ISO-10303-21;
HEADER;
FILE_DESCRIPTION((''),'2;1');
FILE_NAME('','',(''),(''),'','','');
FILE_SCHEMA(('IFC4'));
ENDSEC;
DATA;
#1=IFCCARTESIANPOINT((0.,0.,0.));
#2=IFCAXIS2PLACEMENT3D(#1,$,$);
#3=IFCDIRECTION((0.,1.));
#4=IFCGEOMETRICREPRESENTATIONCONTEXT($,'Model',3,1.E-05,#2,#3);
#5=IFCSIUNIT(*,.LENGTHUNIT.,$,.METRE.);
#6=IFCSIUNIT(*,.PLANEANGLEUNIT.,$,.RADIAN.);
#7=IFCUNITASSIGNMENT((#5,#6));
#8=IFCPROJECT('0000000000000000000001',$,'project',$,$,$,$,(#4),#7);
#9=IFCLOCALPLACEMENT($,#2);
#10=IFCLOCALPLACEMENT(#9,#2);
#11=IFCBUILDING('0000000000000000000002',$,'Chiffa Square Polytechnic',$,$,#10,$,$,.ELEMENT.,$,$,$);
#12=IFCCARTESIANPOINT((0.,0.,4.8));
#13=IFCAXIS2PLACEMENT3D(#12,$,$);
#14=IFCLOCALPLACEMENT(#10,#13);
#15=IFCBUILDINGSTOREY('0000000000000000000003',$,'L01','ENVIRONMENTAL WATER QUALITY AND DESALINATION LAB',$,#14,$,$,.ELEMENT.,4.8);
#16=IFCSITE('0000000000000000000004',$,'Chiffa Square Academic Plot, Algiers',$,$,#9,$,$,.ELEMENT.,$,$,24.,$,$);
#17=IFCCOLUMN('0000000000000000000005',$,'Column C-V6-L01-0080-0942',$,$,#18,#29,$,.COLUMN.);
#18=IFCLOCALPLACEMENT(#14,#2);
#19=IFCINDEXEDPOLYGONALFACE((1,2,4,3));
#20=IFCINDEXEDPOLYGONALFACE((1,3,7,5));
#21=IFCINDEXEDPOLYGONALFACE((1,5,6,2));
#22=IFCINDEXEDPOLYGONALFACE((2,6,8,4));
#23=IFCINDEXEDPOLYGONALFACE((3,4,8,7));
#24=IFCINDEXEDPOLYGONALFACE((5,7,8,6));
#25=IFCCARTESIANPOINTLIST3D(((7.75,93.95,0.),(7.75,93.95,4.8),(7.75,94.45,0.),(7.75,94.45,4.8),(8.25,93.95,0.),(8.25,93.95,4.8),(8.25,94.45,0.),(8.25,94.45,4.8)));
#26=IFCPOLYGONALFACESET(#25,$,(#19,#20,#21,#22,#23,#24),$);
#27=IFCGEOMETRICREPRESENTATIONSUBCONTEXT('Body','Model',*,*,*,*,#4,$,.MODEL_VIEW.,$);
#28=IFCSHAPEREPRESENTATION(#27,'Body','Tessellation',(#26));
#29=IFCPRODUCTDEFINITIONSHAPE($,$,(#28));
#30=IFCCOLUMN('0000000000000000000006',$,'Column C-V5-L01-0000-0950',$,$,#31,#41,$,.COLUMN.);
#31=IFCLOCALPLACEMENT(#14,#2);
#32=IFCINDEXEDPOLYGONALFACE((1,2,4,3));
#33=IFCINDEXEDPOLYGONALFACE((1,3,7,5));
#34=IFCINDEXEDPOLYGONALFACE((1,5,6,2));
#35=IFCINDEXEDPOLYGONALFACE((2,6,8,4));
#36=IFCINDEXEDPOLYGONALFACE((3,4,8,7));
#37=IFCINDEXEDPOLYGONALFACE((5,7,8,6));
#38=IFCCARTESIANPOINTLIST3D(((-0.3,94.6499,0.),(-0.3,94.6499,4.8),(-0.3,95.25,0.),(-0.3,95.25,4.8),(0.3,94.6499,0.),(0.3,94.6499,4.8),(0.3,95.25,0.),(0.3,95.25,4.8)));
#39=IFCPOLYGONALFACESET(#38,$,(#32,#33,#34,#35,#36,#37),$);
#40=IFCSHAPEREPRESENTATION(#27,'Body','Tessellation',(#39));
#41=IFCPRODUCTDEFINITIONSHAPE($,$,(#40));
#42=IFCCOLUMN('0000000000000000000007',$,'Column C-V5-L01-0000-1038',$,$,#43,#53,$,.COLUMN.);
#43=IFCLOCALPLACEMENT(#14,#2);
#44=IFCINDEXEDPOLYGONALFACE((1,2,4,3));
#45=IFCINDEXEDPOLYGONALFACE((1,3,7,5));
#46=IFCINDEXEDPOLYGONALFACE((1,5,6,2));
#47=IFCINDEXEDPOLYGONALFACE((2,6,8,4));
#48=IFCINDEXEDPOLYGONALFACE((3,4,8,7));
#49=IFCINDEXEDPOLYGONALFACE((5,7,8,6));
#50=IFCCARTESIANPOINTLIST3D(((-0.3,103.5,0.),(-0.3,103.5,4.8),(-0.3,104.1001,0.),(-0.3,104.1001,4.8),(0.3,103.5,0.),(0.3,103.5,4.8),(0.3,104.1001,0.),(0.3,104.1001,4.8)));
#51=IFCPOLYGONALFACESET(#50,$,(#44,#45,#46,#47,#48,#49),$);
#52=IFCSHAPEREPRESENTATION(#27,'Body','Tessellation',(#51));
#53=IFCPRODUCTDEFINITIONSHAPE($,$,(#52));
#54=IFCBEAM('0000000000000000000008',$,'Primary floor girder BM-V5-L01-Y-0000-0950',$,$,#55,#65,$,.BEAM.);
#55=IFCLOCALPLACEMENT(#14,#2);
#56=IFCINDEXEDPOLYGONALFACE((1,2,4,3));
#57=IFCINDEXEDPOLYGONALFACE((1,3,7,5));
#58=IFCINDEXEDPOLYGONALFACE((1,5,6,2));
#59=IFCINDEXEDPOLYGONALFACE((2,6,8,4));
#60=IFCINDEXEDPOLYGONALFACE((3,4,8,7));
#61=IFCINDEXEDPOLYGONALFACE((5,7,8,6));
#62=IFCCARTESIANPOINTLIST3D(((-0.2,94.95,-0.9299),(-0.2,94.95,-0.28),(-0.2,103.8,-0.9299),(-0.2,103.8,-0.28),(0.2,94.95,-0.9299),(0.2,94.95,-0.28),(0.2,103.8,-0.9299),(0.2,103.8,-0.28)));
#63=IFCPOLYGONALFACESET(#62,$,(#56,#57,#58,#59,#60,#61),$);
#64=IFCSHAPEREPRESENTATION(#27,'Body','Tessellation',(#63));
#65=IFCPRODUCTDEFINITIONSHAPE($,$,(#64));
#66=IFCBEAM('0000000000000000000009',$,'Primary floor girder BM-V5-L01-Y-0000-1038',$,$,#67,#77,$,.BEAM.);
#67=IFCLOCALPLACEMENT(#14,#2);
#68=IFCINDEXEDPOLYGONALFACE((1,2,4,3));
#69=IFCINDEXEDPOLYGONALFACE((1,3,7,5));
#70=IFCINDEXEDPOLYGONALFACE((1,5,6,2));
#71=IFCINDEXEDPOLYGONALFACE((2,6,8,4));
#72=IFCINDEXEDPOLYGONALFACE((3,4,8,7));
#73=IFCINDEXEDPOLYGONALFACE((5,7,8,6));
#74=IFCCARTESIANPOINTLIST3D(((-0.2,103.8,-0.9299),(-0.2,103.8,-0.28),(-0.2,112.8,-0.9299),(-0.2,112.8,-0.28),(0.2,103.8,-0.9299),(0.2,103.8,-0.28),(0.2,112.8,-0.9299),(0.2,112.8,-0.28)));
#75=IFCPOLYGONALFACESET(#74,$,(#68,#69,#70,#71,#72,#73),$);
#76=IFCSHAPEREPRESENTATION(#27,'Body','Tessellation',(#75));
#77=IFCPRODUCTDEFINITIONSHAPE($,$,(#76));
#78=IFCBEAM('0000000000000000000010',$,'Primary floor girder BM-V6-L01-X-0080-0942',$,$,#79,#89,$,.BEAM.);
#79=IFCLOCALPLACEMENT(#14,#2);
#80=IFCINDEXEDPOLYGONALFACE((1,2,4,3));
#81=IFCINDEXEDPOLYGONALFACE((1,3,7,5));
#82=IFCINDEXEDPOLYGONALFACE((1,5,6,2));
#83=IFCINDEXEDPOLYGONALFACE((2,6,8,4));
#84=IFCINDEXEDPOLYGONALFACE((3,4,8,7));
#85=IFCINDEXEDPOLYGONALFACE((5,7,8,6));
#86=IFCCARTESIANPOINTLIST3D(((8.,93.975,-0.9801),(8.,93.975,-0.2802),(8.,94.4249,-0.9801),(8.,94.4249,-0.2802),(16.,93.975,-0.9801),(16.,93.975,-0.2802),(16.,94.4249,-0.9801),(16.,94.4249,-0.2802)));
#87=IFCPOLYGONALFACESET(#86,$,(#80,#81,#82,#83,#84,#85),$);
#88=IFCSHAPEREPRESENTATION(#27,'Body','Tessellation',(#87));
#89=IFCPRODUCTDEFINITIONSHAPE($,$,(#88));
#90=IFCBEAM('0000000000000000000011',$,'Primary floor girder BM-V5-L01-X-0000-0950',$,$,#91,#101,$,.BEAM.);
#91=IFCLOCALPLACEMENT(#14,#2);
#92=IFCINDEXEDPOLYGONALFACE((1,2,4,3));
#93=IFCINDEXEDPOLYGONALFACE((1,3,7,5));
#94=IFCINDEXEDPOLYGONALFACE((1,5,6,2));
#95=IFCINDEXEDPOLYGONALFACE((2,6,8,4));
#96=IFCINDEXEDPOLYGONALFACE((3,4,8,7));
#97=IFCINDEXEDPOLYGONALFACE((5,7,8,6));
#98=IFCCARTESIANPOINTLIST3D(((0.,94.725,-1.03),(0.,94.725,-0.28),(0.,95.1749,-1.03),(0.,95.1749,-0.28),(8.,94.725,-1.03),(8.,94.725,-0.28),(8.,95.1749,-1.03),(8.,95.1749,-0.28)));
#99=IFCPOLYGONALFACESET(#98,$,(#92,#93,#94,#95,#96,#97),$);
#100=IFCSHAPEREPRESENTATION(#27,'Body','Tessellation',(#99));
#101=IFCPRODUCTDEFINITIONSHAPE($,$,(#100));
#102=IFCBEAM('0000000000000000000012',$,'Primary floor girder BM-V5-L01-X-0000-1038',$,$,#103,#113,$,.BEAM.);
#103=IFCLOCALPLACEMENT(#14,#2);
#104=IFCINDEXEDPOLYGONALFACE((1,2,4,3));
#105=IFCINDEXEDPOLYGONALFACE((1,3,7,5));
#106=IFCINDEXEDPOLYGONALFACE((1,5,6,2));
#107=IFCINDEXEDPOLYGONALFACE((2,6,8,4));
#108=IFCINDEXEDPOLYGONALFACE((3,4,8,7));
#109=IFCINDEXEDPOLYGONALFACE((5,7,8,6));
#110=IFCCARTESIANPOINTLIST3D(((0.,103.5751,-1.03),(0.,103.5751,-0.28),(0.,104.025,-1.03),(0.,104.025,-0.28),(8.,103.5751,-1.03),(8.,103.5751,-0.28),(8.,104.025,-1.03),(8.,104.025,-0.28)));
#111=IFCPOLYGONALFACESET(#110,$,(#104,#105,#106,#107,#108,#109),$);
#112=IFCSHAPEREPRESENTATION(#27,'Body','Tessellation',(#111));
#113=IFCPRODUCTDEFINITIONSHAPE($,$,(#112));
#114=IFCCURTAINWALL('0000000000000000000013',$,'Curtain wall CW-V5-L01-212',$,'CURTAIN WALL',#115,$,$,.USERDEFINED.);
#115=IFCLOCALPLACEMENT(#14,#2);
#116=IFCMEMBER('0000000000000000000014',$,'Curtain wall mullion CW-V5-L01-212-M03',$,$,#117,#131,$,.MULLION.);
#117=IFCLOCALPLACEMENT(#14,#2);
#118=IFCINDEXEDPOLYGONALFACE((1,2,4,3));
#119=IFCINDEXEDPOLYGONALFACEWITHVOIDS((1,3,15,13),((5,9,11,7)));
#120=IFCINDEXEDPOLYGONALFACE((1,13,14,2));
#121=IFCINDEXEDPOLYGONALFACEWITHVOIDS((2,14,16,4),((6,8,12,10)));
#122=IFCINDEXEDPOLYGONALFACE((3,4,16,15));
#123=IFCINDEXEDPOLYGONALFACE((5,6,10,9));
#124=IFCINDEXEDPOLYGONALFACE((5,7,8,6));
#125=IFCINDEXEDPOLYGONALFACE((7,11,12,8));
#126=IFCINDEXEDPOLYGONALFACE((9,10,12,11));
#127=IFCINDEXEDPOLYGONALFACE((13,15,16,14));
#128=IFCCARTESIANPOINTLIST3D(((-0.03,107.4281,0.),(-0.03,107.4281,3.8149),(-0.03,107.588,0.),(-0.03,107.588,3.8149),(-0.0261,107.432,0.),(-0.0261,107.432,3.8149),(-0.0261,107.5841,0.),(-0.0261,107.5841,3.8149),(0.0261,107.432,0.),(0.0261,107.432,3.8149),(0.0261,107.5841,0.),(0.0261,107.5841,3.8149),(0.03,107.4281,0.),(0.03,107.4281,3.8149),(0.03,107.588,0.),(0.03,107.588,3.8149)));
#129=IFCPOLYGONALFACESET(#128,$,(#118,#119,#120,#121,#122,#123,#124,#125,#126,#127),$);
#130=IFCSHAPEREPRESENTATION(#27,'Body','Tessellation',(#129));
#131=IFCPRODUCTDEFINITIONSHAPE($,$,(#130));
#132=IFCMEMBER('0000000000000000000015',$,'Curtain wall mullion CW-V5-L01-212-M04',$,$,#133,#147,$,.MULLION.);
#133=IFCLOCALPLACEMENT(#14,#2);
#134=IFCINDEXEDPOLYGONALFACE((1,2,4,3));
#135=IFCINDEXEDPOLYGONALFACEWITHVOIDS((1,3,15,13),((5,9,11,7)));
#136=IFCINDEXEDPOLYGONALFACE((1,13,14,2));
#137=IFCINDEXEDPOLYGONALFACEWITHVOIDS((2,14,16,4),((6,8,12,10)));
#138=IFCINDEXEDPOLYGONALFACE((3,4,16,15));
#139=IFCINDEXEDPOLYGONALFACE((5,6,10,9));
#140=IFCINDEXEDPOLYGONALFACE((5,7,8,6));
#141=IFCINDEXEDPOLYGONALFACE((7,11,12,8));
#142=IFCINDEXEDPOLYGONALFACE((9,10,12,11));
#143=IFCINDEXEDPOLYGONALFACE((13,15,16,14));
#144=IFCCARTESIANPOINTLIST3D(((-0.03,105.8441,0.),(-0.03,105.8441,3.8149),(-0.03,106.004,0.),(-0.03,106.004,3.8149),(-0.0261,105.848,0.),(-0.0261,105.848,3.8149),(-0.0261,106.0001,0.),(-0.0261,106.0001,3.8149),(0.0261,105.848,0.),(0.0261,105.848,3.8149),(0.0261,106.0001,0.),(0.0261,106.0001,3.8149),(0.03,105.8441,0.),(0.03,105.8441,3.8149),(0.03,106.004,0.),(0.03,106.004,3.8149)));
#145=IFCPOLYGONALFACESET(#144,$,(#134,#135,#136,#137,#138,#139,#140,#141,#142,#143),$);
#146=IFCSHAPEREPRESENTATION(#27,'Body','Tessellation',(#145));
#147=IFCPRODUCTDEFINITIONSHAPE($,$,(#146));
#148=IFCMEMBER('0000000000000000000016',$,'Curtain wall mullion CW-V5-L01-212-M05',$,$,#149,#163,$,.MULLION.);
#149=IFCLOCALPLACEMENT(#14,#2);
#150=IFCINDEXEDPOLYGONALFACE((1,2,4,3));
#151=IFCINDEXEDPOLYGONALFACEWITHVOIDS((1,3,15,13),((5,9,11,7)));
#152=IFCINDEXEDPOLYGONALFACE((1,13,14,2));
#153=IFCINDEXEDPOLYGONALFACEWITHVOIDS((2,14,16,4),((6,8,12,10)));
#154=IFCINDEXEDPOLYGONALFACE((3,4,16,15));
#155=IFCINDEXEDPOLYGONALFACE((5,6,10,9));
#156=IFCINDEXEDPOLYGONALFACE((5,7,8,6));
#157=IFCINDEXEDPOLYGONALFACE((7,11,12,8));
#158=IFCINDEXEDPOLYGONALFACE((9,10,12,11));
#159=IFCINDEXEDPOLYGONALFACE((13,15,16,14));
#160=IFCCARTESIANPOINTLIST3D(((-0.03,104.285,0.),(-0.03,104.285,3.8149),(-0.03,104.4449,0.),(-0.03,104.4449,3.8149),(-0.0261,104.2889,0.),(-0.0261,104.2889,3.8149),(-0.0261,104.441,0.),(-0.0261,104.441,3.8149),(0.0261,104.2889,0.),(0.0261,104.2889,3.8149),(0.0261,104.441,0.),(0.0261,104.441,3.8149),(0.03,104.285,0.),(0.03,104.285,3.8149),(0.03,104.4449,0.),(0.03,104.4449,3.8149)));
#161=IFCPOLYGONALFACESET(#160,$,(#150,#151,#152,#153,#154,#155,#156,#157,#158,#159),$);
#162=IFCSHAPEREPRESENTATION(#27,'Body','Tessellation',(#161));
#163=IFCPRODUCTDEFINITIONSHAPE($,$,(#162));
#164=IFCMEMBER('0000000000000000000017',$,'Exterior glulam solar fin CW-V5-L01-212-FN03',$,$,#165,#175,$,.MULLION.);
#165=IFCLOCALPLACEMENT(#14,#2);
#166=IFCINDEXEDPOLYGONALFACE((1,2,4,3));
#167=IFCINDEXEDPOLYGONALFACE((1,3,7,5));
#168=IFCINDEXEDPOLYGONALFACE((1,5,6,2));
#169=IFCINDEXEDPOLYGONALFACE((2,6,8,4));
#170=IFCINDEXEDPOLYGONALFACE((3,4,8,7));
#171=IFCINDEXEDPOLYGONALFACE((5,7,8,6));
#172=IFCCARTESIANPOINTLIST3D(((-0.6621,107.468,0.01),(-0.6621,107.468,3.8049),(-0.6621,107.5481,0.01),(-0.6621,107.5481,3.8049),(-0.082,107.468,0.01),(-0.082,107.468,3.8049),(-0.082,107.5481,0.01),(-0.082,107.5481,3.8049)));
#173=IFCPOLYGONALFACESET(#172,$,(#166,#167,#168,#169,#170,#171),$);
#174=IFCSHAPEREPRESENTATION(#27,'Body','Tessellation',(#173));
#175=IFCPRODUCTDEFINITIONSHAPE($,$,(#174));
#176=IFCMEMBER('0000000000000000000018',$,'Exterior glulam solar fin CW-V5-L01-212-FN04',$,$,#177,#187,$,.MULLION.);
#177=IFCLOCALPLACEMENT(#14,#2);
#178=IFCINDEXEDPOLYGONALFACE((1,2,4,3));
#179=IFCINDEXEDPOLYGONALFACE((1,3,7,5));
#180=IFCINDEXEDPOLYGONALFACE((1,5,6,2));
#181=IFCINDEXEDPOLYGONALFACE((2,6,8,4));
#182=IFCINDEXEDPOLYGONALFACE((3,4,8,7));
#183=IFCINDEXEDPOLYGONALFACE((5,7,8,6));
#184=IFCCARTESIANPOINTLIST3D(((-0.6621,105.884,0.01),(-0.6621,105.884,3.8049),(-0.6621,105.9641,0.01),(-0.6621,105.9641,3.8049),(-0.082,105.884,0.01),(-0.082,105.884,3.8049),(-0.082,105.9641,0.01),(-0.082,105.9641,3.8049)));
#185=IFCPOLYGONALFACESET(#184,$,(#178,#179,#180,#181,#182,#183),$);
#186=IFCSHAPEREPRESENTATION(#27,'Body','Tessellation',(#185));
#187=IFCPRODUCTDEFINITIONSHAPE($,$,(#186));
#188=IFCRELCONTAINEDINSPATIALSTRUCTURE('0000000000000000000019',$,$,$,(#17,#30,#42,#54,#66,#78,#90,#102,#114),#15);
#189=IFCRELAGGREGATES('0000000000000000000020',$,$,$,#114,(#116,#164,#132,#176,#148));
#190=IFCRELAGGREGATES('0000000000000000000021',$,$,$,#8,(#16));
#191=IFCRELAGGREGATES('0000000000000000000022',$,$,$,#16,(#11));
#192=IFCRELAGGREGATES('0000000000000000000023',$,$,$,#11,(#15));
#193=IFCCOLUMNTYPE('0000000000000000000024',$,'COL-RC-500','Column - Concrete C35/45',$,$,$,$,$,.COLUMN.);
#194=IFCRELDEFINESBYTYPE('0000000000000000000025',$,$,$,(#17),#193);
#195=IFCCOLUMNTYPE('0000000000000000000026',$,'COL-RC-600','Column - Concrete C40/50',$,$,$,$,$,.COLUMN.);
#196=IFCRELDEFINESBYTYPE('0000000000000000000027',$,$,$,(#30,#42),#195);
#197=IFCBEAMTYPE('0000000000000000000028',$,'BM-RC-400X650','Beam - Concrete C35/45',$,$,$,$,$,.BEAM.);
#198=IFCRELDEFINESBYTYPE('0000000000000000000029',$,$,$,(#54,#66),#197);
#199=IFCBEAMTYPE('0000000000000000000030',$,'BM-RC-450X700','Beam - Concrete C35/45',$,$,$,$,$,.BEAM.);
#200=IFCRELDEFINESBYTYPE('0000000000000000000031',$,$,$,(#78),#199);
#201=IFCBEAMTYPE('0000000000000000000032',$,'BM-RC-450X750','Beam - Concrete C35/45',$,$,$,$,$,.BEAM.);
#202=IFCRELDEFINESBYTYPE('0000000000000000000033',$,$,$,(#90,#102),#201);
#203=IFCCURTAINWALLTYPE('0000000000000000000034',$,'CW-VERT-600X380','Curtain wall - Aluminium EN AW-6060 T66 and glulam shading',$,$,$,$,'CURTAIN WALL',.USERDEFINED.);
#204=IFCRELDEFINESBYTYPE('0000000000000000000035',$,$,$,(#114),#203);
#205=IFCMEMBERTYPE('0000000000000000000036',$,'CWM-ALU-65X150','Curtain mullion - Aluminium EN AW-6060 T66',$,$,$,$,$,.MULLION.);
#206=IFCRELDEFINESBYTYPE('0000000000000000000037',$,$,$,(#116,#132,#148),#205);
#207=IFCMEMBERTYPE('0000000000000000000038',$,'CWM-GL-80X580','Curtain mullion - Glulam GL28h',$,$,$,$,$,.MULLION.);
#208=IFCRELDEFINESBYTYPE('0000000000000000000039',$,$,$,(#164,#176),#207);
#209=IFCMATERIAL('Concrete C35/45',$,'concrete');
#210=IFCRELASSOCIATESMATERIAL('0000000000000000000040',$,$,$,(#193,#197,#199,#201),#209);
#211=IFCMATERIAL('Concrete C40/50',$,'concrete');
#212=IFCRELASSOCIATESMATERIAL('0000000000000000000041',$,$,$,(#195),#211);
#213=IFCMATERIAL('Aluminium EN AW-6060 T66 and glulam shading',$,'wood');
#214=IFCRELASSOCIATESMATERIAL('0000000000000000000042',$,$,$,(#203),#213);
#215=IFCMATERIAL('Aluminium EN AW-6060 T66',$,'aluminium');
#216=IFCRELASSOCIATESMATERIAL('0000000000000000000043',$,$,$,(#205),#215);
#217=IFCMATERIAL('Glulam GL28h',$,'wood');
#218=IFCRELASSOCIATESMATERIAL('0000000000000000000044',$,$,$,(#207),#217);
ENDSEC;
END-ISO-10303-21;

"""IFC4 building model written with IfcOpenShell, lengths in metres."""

from ifc_helpers import new_model, si_unit, direction, frame, origin, origin_2d, place, context, subcontext, project, spatial, rectangle, hollow_rectangle, extrude, material, material_profile, profile_set, type_object, element, aggregate, save


model = new_model("IFC4")

# Units and contexts
model_context = context("Model", 3, precision=1e-05, world=origin(), true_north=direction((0.0, 1.0)))
body_context = subcontext(model_context, "Body", "Model", "MODEL_VIEW")
ifc_project = project(units=[si_unit("LENGTHUNIT", "METRE"), si_unit("PLANEANGLEUNIT", "RADIAN")], contexts=[model_context])

# Site, building, storey
site_placement = place(None, origin())
site = spatial("IfcSite", under=ifc_project, at=site_placement, Name="Chiffa Square Academic Plot, Algiers", CompositionType="ELEMENT", RefElevation=24.0)
building_placement = place(site_placement, origin())
building = spatial("IfcBuilding", under=site, at=building_placement, Name="Chiffa Square Polytechnic", CompositionType="ELEMENT")
storey_placement = place(building_placement, frame((0.0, 0.0, 4.8)))
storey = spatial("IfcBuildingStorey", under=building, at=storey_placement, Name="L01", Description="ENVIRONMENTAL WATER QUALITY AND DESALINATION LAB", CompositionType="ELEMENT", Elevation=4.8)

# Columns
ifc_material_1 = material(Name="Concrete C35/45", Category="concrete")
ifc_material_profile_1 = material_profile(ifc_material_1, rectangle(XDim=0.5, YDim=0.5, at=origin_2d()), Name="RC 500x500")
ifc_profile_set_1 = profile_set([ifc_material_profile_1], Name="Concrete C35/45")
column_type_1 = type_object("IfcColumnType", Name="COL-RC-500", Description="Column - Concrete C35/45", PredefinedType="COLUMN", material=ifc_profile_set_1)
column_placement = place(storey_placement, frame((8.0, 94.2, 0.0), z_axis=(0.0, 0.0, 1.0), x_axis=(1.0, 0.0, 0.0)))
element("IfcColumn", 1, at=column_placement, inside=storey, type_object=column_type_1, Name="Column C-V6-L01-0080-0942", PredefinedType="COLUMN", context=body_context, shape_type="SweptSolid", body=[
    extrude(rectangle(XDim=0.5, YDim=0.5, at=origin_2d()), origin(), (0.0, 0.0, 1.0), 4.8),
])
ifc_material_2 = material(Name="Concrete C40/50", Category="concrete")
ifc_material_profile_2 = material_profile(ifc_material_2, rectangle(XDim=0.6001, YDim=0.6001, at=origin_2d()), Name="RC 600x600")
ifc_profile_set_2 = profile_set([ifc_material_profile_2], Name="Concrete C40/50")
column_type_2 = type_object("IfcColumnType", Name="COL-RC-600", Description="Column - Concrete C40/50", PredefinedType="COLUMN", material=ifc_profile_set_2)
for number, where, z_axis, x_axis, name in (
    (2, (0.0, 94.95, 0.0), (0.0, 0.0, 1.0), (1.0, 0.0, 0.0), "Column C-V5-L01-0000-0950"),
    (3, (0.0, 103.8, 0.0), (0.0, 0.0, 1.0), (1.0, 0.0, 0.0), "Column C-V5-L01-0000-1038"),
):
    element("IfcColumn", number, at=place(storey_placement, frame(where, z_axis=z_axis, x_axis=x_axis)), inside=storey, type_object=column_type_2, Name=name, PredefinedType="COLUMN", context=body_context, shape_type="SweptSolid", body=[
        extrude(rectangle(XDim=0.6001, YDim=0.6001, at=origin_2d()), origin(), (0.0, 0.0, 1.0), 4.8),
    ])

# Beams
ifc_material_profile_3 = material_profile(ifc_material_1, rectangle(XDim=0.3999, YDim=0.6499, at=origin_2d()), Name="RC 400x650")
ifc_profile_set_3 = profile_set([ifc_material_profile_3], Name="Concrete C35/45")
beam_type_1 = type_object("IfcBeamType", Name="BM-RC-400X650", Description="Beam - Concrete C35/45", PredefinedType="BEAM", material=ifc_profile_set_3)
beam_1_placement = place(storey_placement, frame((0.0, 94.95, -0.605), z_axis=(0.0, 1.0, 0.0), x_axis=(-1.0, 0.0, 0.0)))
element("IfcBeam", 4, at=beam_1_placement, inside=storey, type_object=beam_type_1, Name="Primary floor girder BM-V5-L01-Y-0000-0950", PredefinedType="BEAM", context=body_context, shape_type="SweptSolid", body=[
    extrude(rectangle(XDim=0.3999, YDim=0.6499, at=origin_2d()), origin(), (0.0, 0.0, 1.0), 8.8501),
])
beam_2_placement = place(storey_placement, frame((0.0, 103.8, -0.605), z_axis=(0.0, 1.0, 0.0), x_axis=(-1.0, 0.0, 0.0)))
element("IfcBeam", 5, at=beam_2_placement, inside=storey, type_object=beam_type_1, Name="Primary floor girder BM-V5-L01-Y-0000-1038", PredefinedType="BEAM", context=body_context, shape_type="SweptSolid", body=[
    extrude(rectangle(XDim=0.3999, YDim=0.6499, at=origin_2d()), origin(), (0.0, 0.0, 1.0), 9.0),
])
ifc_material_profile_4 = material_profile(ifc_material_1, rectangle(XDim=0.45, YDim=0.7, at=origin_2d()), Name="RC 450x700")
ifc_profile_set_4 = profile_set([ifc_material_profile_4], Name="Concrete C35/45")
beam_type_2 = type_object("IfcBeamType", Name="BM-RC-450X700", Description="Beam - Concrete C35/45", PredefinedType="BEAM", material=ifc_profile_set_4)
beam_3_placement = place(storey_placement, frame((8.0, 94.2, -0.6301), z_axis=(1.0, 0.0, 0.0), x_axis=(0.0, 1.0, 0.0)))
element("IfcBeam", 6, at=beam_3_placement, inside=storey, type_object=beam_type_2, Name="Primary floor girder BM-V6-L01-X-0080-0942", PredefinedType="BEAM", context=body_context, shape_type="SweptSolid", body=[
    extrude(rectangle(XDim=0.45, YDim=0.7, at=origin_2d()), origin(), (0.0, 0.0, 1.0), 8.0),
])
ifc_material_profile_5 = material_profile(ifc_material_1, rectangle(XDim=0.45, YDim=0.75, at=origin_2d()), Name="RC 450x750")
ifc_profile_set_5 = profile_set([ifc_material_profile_5], Name="Concrete C35/45")
beam_type_3 = type_object("IfcBeamType", Name="BM-RC-450X750", Description="Beam - Concrete C35/45", PredefinedType="BEAM", material=ifc_profile_set_5)
for number, where, z_axis, x_axis, name in (
    (7, (0.0, 94.95, -0.655), (1.0, 0.0, 0.0), (0.0, 1.0, 0.0), "Primary floor girder BM-V5-L01-X-0000-0950"),
    (8, (0.0, 103.8, -0.655), (1.0, 0.0, 0.0), (0.0, 1.0, 0.0), "Primary floor girder BM-V5-L01-X-0000-1038"),
):
    element("IfcBeam", number, at=place(storey_placement, frame(where, z_axis=z_axis, x_axis=x_axis)), inside=storey, type_object=beam_type_3, Name=name, PredefinedType="BEAM", context=body_context, shape_type="SweptSolid", body=[
        extrude(rectangle(XDim=0.45, YDim=0.75, at=origin_2d()), origin(), (0.0, 0.0, 1.0), 8.0),
    ])

# Curtain wall, members
ifc_material_3 = material(Name="Aluminium EN AW-6060 T66 and glulam shading", Category="wood")
curtain_wall_type = type_object("IfcCurtainWallType", Name="CW-VERT-600X380", Description="Curtain wall - Aluminium EN AW-6060 T66 and glulam shading", ElementType="CURTAIN WALL", PredefinedType="USERDEFINED", material=ifc_material_3)
curtain_wall_placement = place(storey_placement, origin())
curtain_wall = element("IfcCurtainWall", 9, at=curtain_wall_placement, inside=storey, type_object=curtain_wall_type, Name="Curtain wall CW-V5-L01-212", ObjectType="CURTAIN WALL", PredefinedType="USERDEFINED")
ifc_material_4 = material(Name="Aluminium EN AW-6060 T66", Category="aluminium")
ifc_material_profile_6 = material_profile(ifc_material_4, hollow_rectangle(XDim=0.0601, YDim=0.1599, WallThickness=0.0039, at=origin_2d()), Name="ALU 60x160x4")
ifc_profile_set_6 = profile_set([ifc_material_profile_6], Name="Aluminium EN AW-6060 T66")
member_type_1 = type_object("IfcMemberType", Name="CWM-ALU-65X150", Description="Curtain mullion - Aluminium EN AW-6060 T66", PredefinedType="MULLION", material=ifc_profile_set_6)
member_1_placement = place(storey_placement, frame((0.0, 107.5081, 0.0), z_axis=(0.0, 0.0, 1.0), x_axis=(1.0, 0.0, 0.0)))
member_1 = element("IfcMember", 10, at=member_1_placement, type_object=member_type_1, Name="Curtain wall mullion CW-V5-L01-212-M03", PredefinedType="MULLION", context=body_context, shape_type="SweptSolid", body=[
    extrude(hollow_rectangle(XDim=0.0601, YDim=0.1599, WallThickness=0.0039, at=origin_2d()), origin(), (0.0, 0.0, 1.0), 3.8149),
])
member_2_placement = place(storey_placement, frame((0.0, 105.9241, 0.0), z_axis=(0.0, 0.0, 1.0), x_axis=(1.0, 0.0, 0.0)))
member_2 = element("IfcMember", 11, at=member_2_placement, type_object=member_type_1, Name="Curtain wall mullion CW-V5-L01-212-M04", PredefinedType="MULLION", context=body_context, shape_type="SweptSolid", body=[
    extrude(hollow_rectangle(XDim=0.0601, YDim=0.1599, WallThickness=0.0039, at=origin_2d()), origin(), (0.0, 0.0, 1.0), 3.8149),
])
member_3_placement = place(storey_placement, frame((0.0, 104.365, 0.0), z_axis=(0.0, 0.0, 1.0), x_axis=(1.0, 0.0, 0.0)))
member_3 = element("IfcMember", 12, at=member_3_placement, type_object=member_type_1, Name="Curtain wall mullion CW-V5-L01-212-M05", PredefinedType="MULLION", context=body_context, shape_type="SweptSolid", body=[
    extrude(hollow_rectangle(XDim=0.0601, YDim=0.1599, WallThickness=0.0039, at=origin_2d()), origin(), (0.0, 0.0, 1.0), 3.8149),
])
ifc_material_5 = material(Name="Glulam GL28h", Category="wood")
ifc_material_profile_7 = material_profile(ifc_material_5, rectangle(XDim=0.0801, YDim=0.5801, at=origin_2d()), Name="GL28h 80x580")
ifc_profile_set_7 = profile_set([ifc_material_profile_7], Name="Glulam GL28h")
member_type_2 = type_object("IfcMemberType", Name="CWM-GL-80X580", Description="Curtain mullion - Glulam GL28h", PredefinedType="MULLION", material=ifc_profile_set_7)
member_4_placement = place(storey_placement, frame((-0.3721, 107.5081, 0.01), z_axis=(0.0, 0.0, 1.0), x_axis=(0.0, -1.0, 0.0)))
member_4 = element("IfcMember", 13, at=member_4_placement, type_object=member_type_2, Name="Exterior glulam solar fin CW-V5-L01-212-FN03", PredefinedType="MULLION", context=body_context, shape_type="SweptSolid", body=[
    extrude(rectangle(XDim=0.0801, YDim=0.5801, at=origin_2d()), origin(), (0.0, 0.0, 1.0), 3.7949),
])
member_5_placement = place(storey_placement, frame((-0.3721, 105.9241, 0.01), z_axis=(0.0, 0.0, 1.0), x_axis=(0.0, -1.0, 0.0)))
member_5 = element("IfcMember", 14, at=member_5_placement, type_object=member_type_2, Name="Exterior glulam solar fin CW-V5-L01-212-FN04", PredefinedType="MULLION", context=body_context, shape_type="SweptSolid", body=[
    extrude(rectangle(XDim=0.0801, YDim=0.5801, at=origin_2d()), origin(), (0.0, 0.0, 1.0), 3.7949),
])

aggregate(curtain_wall, [member_1, member_4, member_2, member_5, member_3])

save(model, "model.ifc")
